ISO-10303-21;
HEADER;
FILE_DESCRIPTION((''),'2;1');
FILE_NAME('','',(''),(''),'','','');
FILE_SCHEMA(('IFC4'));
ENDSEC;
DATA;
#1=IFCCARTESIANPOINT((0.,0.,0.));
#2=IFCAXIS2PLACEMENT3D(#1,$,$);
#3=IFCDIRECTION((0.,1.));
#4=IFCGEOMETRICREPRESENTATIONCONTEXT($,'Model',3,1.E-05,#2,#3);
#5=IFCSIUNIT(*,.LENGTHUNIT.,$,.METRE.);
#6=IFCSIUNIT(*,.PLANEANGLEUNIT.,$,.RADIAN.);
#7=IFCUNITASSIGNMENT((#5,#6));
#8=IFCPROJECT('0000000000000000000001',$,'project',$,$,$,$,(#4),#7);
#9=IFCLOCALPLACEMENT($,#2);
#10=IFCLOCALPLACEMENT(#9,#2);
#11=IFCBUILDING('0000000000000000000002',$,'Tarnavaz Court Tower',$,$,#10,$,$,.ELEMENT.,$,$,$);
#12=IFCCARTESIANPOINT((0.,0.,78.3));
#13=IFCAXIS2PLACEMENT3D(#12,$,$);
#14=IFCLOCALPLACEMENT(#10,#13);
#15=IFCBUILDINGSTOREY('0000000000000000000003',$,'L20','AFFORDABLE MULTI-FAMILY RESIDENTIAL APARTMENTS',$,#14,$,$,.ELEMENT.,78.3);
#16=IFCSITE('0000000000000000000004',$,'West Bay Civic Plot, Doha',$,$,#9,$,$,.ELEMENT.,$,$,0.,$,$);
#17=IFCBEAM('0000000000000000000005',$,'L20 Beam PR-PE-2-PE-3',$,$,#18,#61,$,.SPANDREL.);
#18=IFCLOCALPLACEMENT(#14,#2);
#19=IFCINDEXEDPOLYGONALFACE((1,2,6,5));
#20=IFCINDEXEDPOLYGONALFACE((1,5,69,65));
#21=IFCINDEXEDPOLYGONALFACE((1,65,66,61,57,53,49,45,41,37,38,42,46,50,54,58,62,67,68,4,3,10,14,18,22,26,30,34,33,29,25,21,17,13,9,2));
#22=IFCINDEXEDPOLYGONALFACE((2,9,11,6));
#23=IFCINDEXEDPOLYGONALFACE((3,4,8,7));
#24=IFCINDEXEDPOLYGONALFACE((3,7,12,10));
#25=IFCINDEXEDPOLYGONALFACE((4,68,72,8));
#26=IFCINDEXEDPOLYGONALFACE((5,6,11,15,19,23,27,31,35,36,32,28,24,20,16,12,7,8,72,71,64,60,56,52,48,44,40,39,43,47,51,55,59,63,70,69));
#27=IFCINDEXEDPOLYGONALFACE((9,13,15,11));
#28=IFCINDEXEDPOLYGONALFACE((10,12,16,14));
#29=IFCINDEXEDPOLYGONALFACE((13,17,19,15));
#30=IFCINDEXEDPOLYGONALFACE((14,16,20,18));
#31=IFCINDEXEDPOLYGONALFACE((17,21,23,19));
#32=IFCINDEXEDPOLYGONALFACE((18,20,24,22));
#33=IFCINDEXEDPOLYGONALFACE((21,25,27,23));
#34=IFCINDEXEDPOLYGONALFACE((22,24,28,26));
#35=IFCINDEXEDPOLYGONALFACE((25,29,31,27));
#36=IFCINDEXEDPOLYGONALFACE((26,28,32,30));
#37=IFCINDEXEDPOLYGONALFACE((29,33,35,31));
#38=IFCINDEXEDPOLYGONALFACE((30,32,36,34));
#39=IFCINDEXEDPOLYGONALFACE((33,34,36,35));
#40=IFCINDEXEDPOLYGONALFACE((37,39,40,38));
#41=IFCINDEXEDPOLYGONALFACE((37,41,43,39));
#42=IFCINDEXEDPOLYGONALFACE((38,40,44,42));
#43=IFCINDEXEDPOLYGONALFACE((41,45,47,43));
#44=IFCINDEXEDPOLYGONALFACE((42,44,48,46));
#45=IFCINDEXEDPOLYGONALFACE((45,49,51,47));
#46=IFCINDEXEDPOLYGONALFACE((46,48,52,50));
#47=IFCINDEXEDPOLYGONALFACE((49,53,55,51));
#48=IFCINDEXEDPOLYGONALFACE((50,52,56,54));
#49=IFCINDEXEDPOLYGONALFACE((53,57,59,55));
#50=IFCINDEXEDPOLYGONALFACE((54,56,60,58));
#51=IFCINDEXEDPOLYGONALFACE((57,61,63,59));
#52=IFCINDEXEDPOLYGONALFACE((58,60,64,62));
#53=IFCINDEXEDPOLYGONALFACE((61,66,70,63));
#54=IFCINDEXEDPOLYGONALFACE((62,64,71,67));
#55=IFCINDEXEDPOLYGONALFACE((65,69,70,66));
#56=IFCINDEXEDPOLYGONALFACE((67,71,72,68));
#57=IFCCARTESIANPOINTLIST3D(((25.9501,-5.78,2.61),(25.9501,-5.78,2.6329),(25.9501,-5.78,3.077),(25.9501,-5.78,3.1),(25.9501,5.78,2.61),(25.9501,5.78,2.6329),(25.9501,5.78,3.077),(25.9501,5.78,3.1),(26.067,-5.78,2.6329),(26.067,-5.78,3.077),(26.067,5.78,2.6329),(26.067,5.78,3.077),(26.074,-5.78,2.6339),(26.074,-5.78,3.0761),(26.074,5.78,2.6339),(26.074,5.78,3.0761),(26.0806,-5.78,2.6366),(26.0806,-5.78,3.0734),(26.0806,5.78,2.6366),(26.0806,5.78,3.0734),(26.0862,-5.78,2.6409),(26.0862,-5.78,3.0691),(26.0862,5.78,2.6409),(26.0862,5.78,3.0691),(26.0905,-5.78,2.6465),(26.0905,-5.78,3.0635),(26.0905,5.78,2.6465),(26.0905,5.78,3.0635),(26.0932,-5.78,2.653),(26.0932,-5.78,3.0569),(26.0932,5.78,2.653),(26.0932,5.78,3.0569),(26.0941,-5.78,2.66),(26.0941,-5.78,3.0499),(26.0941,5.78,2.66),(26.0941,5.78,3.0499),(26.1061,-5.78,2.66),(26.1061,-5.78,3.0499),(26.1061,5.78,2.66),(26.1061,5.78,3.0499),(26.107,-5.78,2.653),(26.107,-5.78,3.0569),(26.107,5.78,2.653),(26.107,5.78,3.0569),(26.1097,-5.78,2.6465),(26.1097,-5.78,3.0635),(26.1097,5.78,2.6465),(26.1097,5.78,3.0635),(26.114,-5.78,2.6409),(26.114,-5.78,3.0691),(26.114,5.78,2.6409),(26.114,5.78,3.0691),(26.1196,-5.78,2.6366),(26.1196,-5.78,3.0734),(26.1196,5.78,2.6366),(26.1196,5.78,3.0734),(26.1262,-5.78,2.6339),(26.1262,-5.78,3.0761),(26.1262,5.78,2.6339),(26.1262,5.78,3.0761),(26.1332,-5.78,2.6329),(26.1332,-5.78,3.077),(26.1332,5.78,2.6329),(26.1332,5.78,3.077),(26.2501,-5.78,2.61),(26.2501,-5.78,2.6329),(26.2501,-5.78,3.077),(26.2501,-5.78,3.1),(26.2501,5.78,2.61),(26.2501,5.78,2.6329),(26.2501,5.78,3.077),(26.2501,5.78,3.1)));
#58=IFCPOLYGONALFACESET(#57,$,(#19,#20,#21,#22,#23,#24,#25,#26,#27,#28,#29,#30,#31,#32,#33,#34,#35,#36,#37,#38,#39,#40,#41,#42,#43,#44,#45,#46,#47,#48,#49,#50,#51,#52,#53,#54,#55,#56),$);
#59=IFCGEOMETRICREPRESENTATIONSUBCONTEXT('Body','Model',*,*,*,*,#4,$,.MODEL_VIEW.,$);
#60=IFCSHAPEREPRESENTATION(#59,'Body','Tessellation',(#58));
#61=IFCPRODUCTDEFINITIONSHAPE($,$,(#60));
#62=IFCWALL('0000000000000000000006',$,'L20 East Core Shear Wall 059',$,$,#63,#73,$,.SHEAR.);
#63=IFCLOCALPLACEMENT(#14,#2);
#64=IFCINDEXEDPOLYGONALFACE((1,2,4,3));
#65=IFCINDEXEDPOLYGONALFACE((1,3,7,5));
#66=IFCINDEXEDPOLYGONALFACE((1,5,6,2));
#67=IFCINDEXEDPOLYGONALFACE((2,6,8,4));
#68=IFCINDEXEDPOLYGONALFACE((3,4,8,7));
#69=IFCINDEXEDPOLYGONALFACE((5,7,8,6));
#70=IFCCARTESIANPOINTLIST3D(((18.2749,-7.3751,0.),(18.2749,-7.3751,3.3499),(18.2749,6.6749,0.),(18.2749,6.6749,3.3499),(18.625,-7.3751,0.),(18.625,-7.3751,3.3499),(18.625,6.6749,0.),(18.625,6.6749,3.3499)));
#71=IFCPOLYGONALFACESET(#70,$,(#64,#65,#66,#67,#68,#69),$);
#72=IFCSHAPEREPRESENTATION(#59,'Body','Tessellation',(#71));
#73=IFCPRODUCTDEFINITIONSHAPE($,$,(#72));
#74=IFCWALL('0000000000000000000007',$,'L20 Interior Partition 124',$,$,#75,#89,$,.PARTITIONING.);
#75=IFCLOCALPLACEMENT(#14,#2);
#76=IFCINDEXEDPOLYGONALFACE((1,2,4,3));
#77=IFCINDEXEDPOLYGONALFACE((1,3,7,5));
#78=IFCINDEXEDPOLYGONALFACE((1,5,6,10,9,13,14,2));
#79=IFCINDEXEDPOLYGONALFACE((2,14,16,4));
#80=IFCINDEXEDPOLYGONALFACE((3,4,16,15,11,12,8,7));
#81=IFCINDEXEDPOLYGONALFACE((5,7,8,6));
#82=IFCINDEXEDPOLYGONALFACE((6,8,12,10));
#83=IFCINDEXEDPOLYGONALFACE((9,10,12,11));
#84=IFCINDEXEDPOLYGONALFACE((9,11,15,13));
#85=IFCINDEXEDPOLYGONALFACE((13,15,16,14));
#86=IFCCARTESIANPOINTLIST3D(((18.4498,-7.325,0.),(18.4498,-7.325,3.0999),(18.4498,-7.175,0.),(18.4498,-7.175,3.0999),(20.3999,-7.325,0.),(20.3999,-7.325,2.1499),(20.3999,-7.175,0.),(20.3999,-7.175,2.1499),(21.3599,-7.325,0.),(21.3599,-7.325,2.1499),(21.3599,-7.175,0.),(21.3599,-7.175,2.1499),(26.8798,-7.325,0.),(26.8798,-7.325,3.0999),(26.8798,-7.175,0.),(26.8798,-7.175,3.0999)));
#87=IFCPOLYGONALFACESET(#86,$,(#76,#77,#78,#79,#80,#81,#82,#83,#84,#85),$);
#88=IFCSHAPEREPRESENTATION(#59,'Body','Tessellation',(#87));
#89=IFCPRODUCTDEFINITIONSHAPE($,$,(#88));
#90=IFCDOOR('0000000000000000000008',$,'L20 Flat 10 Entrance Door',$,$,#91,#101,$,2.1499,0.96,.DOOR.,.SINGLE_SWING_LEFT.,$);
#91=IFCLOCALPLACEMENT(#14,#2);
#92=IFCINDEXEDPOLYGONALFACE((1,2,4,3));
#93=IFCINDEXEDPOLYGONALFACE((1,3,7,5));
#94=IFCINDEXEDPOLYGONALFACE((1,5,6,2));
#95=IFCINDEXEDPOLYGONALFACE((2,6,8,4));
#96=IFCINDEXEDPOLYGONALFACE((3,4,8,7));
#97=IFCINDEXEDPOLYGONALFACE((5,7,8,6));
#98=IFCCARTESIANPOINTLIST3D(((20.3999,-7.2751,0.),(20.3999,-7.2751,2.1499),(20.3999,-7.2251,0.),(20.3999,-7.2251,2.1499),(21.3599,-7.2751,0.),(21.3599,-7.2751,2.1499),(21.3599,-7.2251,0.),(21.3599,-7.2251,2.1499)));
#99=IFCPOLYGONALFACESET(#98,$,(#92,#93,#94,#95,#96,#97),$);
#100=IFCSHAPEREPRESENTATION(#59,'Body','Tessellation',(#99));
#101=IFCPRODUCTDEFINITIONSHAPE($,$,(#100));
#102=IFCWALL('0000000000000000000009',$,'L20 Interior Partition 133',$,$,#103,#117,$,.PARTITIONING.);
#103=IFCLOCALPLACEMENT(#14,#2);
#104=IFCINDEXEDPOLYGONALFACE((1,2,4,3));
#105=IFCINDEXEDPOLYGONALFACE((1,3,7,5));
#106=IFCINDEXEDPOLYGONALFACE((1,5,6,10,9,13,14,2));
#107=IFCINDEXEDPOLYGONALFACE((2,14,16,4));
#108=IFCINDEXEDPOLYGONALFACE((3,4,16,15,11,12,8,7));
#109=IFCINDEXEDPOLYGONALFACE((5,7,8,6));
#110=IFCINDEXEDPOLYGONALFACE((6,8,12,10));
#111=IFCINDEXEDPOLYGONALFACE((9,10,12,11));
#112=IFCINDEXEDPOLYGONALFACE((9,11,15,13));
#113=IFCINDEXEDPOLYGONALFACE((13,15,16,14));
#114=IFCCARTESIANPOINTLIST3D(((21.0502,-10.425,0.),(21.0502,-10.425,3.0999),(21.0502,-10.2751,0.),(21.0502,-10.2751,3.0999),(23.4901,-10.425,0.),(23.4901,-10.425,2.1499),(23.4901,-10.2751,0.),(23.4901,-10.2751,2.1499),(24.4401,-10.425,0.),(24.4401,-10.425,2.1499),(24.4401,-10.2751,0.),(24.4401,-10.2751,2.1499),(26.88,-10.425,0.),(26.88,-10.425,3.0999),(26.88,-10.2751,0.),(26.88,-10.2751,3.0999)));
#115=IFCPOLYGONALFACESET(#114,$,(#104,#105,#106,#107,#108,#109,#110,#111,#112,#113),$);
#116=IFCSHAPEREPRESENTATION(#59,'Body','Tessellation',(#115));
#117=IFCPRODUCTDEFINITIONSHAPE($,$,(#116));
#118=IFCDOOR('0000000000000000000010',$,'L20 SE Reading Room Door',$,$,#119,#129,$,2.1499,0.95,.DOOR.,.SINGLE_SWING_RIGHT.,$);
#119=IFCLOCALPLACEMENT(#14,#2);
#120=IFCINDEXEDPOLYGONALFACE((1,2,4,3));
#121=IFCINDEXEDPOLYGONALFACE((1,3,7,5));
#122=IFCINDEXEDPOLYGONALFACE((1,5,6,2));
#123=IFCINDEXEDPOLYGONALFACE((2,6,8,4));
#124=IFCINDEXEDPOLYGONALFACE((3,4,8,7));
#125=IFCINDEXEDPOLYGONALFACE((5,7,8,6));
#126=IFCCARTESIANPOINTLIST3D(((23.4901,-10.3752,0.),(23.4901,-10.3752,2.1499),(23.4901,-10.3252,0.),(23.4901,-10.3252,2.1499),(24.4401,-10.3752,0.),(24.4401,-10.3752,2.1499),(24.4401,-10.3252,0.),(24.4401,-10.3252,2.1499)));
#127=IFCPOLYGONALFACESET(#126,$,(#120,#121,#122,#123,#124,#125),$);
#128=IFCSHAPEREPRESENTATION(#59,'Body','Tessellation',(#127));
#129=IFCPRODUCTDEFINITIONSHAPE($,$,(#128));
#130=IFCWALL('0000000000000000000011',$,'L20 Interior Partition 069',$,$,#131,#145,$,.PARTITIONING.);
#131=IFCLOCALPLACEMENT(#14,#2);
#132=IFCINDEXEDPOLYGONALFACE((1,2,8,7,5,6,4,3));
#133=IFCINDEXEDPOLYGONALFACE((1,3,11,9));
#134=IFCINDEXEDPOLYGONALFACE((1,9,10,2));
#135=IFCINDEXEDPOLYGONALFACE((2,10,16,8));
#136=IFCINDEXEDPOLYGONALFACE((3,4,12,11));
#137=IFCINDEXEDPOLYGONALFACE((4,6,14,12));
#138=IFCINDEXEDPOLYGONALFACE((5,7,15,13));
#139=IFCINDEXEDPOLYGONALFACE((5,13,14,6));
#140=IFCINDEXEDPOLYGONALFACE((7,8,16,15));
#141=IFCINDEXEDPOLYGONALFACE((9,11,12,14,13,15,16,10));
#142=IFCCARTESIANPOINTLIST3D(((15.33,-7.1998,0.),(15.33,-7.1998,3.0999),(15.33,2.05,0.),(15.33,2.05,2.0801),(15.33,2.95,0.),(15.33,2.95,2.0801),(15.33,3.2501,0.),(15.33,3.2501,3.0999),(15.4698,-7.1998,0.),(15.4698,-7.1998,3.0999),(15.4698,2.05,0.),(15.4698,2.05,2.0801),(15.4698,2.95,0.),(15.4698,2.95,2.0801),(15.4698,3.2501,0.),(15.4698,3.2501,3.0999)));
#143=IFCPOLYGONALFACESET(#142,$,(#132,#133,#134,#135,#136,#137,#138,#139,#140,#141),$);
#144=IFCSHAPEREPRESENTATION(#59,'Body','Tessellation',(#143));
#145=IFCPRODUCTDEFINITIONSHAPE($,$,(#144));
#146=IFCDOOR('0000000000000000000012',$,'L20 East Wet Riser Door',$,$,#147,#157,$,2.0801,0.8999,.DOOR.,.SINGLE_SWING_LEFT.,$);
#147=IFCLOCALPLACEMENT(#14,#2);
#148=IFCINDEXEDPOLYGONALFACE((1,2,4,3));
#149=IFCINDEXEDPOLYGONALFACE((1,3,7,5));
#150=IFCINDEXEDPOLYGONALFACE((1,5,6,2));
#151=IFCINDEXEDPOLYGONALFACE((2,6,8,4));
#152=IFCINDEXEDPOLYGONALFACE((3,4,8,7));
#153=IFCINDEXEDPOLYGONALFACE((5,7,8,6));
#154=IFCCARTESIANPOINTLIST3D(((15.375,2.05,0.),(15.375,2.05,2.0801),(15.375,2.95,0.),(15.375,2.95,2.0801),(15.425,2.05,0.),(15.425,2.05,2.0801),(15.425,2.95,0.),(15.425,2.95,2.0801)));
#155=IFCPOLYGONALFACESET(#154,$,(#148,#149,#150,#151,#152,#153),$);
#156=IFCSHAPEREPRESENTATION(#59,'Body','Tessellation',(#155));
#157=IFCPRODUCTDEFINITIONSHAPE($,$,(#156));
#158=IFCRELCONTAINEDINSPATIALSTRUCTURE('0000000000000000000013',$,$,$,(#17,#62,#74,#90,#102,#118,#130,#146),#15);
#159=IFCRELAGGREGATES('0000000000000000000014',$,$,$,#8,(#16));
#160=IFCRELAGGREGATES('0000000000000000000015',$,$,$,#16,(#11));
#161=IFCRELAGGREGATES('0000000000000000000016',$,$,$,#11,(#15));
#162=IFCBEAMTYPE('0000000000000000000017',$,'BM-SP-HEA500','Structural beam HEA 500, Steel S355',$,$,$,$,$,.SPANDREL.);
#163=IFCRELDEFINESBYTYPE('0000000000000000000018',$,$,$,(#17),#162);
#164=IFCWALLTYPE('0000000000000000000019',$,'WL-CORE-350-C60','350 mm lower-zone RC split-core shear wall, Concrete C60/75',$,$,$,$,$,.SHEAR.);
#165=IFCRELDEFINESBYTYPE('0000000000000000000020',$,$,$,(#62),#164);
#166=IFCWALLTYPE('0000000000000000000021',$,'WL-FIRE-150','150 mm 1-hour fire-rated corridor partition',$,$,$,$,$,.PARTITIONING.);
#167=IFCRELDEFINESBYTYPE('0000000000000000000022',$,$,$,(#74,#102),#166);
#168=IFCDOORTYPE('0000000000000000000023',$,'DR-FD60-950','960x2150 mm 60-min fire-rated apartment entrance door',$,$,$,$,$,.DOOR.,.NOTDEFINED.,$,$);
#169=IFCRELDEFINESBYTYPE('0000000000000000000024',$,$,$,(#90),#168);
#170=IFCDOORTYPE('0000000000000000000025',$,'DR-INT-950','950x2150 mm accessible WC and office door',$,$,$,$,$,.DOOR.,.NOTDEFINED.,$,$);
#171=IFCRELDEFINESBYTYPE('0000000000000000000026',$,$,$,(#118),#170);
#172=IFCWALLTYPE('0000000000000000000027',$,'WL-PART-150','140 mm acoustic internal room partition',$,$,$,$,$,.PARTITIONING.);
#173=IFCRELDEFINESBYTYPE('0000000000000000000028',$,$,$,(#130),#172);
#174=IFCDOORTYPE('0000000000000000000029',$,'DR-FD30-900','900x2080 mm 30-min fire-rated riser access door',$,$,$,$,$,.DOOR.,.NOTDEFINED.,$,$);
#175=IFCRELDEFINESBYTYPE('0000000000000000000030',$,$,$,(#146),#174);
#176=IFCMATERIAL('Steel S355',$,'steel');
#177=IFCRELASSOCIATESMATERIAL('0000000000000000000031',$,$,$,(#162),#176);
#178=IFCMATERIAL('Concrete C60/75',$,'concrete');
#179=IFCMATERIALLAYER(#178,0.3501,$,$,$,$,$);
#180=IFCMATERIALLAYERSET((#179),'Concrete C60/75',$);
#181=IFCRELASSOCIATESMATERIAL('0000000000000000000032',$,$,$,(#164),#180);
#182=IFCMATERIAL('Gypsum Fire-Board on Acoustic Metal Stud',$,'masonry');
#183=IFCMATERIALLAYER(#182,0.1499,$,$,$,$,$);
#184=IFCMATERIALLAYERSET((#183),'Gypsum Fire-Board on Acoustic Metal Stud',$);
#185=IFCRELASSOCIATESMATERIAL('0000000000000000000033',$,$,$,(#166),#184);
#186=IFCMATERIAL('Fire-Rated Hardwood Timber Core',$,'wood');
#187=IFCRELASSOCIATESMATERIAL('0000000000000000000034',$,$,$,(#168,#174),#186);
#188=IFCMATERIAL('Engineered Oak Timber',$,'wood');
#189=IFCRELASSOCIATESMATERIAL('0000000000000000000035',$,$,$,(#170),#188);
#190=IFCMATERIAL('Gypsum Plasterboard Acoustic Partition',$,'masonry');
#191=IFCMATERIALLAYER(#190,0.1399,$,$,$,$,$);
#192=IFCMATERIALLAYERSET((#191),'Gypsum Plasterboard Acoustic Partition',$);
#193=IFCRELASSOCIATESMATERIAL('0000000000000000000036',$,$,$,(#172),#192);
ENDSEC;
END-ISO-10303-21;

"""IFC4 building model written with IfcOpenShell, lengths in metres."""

from ifc_helpers import new_model, si_unit, direction, frame, frame_2d, origin, origin_2d, place, context, subcontext, project, spatial, rectangle, i_section, extrude, material, layer, layer_set, material_profile, profile_set, type_object, element, fill, save


model = new_model("IFC4")

# Units and contexts
model_context = context("Model", 3, precision=1e-05, world=origin(), true_north=direction((0.0, 1.0)))
body_context = subcontext(model_context, "Body", "Model", "MODEL_VIEW")
ifc_project = project(units=[si_unit("LENGTHUNIT", "METRE"), si_unit("PLANEANGLEUNIT", "RADIAN")], contexts=[model_context])

# Site, building, storey
site_placement = place(None, origin())
site = spatial("IfcSite", under=ifc_project, at=site_placement, Name="West Bay Civic Plot, Doha", CompositionType="ELEMENT", RefElevation=0.0)
building_placement = place(site_placement, origin())
building = spatial("IfcBuilding", under=site, at=building_placement, Name="Tarnavaz Court Tower", CompositionType="ELEMENT")
storey_placement = place(building_placement, frame((0.0, 0.0, 78.3)))
storey = spatial("IfcBuildingStorey", under=building, at=storey_placement, Name="L20", Description="AFFORDABLE MULTI-FAMILY RESIDENTIAL APARTMENTS", CompositionType="ELEMENT", Elevation=78.3)

# Shared definitions
ifc_material_1 = material(Name="Concrete C60/75", Category="concrete")

# Beam
ifc_material_2 = material(Name="Steel S355", Category="steel")
ifc_material_profile_1 = material_profile(ifc_material_2, i_section(OverallWidth=0.3, OverallDepth=0.49, WebThickness=0.012, FlangeThickness=0.0229, FilletRadius=0.0271, at=origin_2d()), Name="HEA 500")
ifc_profile_set_1 = profile_set([ifc_material_profile_1], Name="Steel S355")
beam_type_1 = type_object("IfcBeamType", Name="BM-SP-HEA500", Description="Structural beam HEA 500, Steel S355", PredefinedType="SPANDREL", material=ifc_profile_set_1)
beam_1_placement = place(storey_placement, frame((26.1001, -5.78, 2.855), z_axis=(0.0, 1.0, 0.0), x_axis=(-1.0, 0.0, 0.0)))
element("IfcBeam", 1, at=beam_1_placement, inside=storey, type_object=beam_type_1, Name="L20 Beam PR-PE-2-PE-3", PredefinedType="SPANDREL", context=body_context, shape_type="SweptSolid", body=[
    extrude(i_section(OverallWidth=0.3, OverallDepth=0.49, WebThickness=0.012, FlangeThickness=0.0229, FilletRadius=0.0271, at=origin_2d()), origin(), (0.0, 0.0, 1.0), 11.5601),
])

# Wall
ifc_layer_1 = layer(ifc_material_1, 0.3501)
ifc_layer_set_1 = layer_set([ifc_layer_1], Name="Concrete C60/75")
wall_type_1 = type_object("IfcWallType", Name="WL-CORE-350-C60", Description="350 mm lower-zone RC split-core shear wall, Concrete C60/75", PredefinedType="SHEAR", material=ifc_layer_set_1)
wall_1_placement = place(storey_placement, frame((18.45, -7.375, 0.0), z_axis=(0.0, 0.0, 1.0), x_axis=(0.0, 1.0, 0.0)))
element("IfcWall", 2, at=wall_1_placement, inside=storey, type_object=wall_type_1, Name="L20 East Core Shear Wall 059", PredefinedType="SHEAR", context=body_context, shape_type="SweptSolid", body=[
    extrude(rectangle(XDim=14.05, YDim=0.3501, at=frame_2d((7.0249, 0.0))), origin(), (0.0, 0.0, 1.0), 3.3499),
])

# Walls, openings, doors
ifc_material_3 = material(Name="Gypsum Fire-Board on Acoustic Metal Stud", Category="masonry")
ifc_layer_2 = layer(ifc_material_3, 0.1499)
ifc_layer_set_2 = layer_set([ifc_layer_2], Name="Gypsum Fire-Board on Acoustic Metal Stud")
wall_type_2 = type_object("IfcWallType", Name="WL-FIRE-150", Description="150 mm 1-hour fire-rated corridor partition", PredefinedType="PARTITIONING", material=ifc_layer_set_2)
wall_2_placement = place(storey_placement, frame((18.45, -7.25, 0.0), z_axis=(0.0, 0.0, 1.0), x_axis=(1.0, 0.0, 0.0)))
wall_2 = element("IfcWall", 3, at=wall_2_placement, inside=storey, type_object=wall_type_2, Name="L20 Interior Partition 124", PredefinedType="PARTITIONING", context=body_context, shape_type="SweptSolid", body=[
    extrude(rectangle(XDim=8.4299, YDim=0.1499, at=frame_2d((4.2148, 0.0))), origin(), (0.0, 0.0, 1.0), 3.0999),
])
opening_1_placement = place(wall_2_placement, frame((1.95, 0.0, 0.0)))
opening_1 = element("IfcOpeningElement", 4, at=opening_1_placement, cuts=wall_2, PredefinedType="OPENING", context=body_context, shape_type="SweptSolid", body=[
    extrude(rectangle(XDim=0.96, YDim=2.1499, at=frame_2d((0.48, 1.075))), frame((0.0, 0.085, 0.0), z_axis=(0.0, -1.0, 0.0), x_axis=(1.0, 0.0, 0.0)), (0.0, 0.0, 1.0), 0.1699),
])
ifc_material_4 = material(Name="Fire-Rated Hardwood Timber Core", Category="wood")
door_type_1 = type_object("IfcDoorType", Name="DR-FD60-950", Description="960x2150 mm 60-min fire-rated apartment entrance door", OperationType="NOTDEFINED", PredefinedType="DOOR", material=ifc_material_4)
door_1_placement = place(opening_1_placement, origin())
door_1 = element("IfcDoor", 5, at=door_1_placement, inside=storey, type_object=door_type_1, Name="L20 Flat 10 Entrance Door", OperationType="SINGLE_SWING_LEFT", OverallHeight=2.1499, OverallWidth=0.96, PredefinedType="DOOR", context=body_context, shape_type="SweptSolid", body=[
    extrude(rectangle(XDim=0.96, YDim=2.1499, at=frame_2d((0.48, 1.075))), frame((0.0, 0.0249, 0.0), z_axis=(0.0, -1.0, 0.0), x_axis=(1.0, 0.0, 0.0)), (0.0, 0.0, 1.0), 0.05),
])
fill(opening_1, door_1)
wall_3_placement = place(storey_placement, frame((21.05, -10.3501, 0.0), z_axis=(0.0, 0.0, 1.0), x_axis=(1.0, 0.0, 0.0)))
wall_3 = element("IfcWall", 6, at=wall_3_placement, inside=storey, type_object=wall_type_2, Name="L20 Interior Partition 133", PredefinedType="PARTITIONING", context=body_context, shape_type="SweptSolid", body=[
    extrude(rectangle(XDim=5.8298, YDim=0.1499, at=frame_2d((2.915, 0.0))), origin(), (0.0, 0.0, 1.0), 3.0999),
])
opening_2_placement = place(wall_3_placement, frame((2.4399, 0.0, 0.0)))
opening_2 = element("IfcOpeningElement", 7, at=opening_2_placement, cuts=wall_3, PredefinedType="OPENING", context=body_context, shape_type="SweptSolid", body=[
    extrude(rectangle(XDim=0.95, YDim=2.1499, at=frame_2d((0.4751, 1.075))), frame((0.0, 0.085, 0.0), z_axis=(0.0, -1.0, 0.0), x_axis=(1.0, 0.0, 0.0)), (0.0, 0.0, 1.0), 0.1699),
])
ifc_material_5 = material(Name="Engineered Oak Timber", Category="wood")
door_type_2 = type_object("IfcDoorType", Name="DR-INT-950", Description="950x2150 mm accessible WC and office door", OperationType="NOTDEFINED", PredefinedType="DOOR", material=ifc_material_5)
door_2_placement = place(opening_2_placement, origin())
door_2 = element("IfcDoor", 8, at=door_2_placement, inside=storey, type_object=door_type_2, Name="L20 SE Reading Room Door", OperationType="SINGLE_SWING_RIGHT", OverallHeight=2.1499, OverallWidth=0.95, PredefinedType="DOOR", context=body_context, shape_type="SweptSolid", body=[
    extrude(rectangle(XDim=0.95, YDim=2.1499, at=frame_2d((0.4751, 1.075))), frame((0.0, 0.0249, 0.0), z_axis=(0.0, -1.0, 0.0), x_axis=(1.0, 0.0, 0.0)), (0.0, 0.0, 1.0), 0.05),
])
fill(opening_2, door_2)
ifc_material_6 = material(Name="Gypsum Plasterboard Acoustic Partition", Category="masonry")
ifc_layer_3 = layer(ifc_material_6, 0.1399)
ifc_layer_set_3 = layer_set([ifc_layer_3], Name="Gypsum Plasterboard Acoustic Partition")
wall_type_3 = type_object("IfcWallType", Name="WL-PART-150", Description="140 mm acoustic internal room partition", PredefinedType="PARTITIONING", material=ifc_layer_set_3)
wall_4_placement = place(storey_placement, frame((15.3999, -7.2, 0.0), z_axis=(0.0, 0.0, 1.0), x_axis=(0.0, 1.0, 0.0)))
wall_4 = element("IfcWall", 9, at=wall_4_placement, inside=storey, type_object=wall_type_3, Name="L20 Interior Partition 069", PredefinedType="PARTITIONING", context=body_context, shape_type="SweptSolid", body=[
    extrude(rectangle(XDim=10.45, YDim=0.1399, at=frame_2d((5.2251, 0.0))), origin(), (0.0, 0.0, 1.0), 3.0999),
])
opening_3_placement = place(wall_4_placement, frame((9.25, 0.0, 0.0)))
opening_3 = element("IfcOpeningElement", 10, at=opening_3_placement, cuts=wall_4, PredefinedType="OPENING", context=body_context, shape_type="SweptSolid", body=[
    extrude(rectangle(XDim=0.8999, YDim=2.0801, at=frame_2d((0.45, 1.04))), frame((0.0, 0.0798, 0.0), z_axis=(0.0, -1.0, 0.0), x_axis=(1.0, 0.0, 0.0)), (0.0, 0.0, 1.0), 0.1599),
])
door_type_3 = type_object("IfcDoorType", Name="DR-FD30-900", Description="900x2080 mm 30-min fire-rated riser access door", OperationType="NOTDEFINED", PredefinedType="DOOR", material=ifc_material_4)
door_3_placement = place(opening_3_placement, origin())
door_3 = element("IfcDoor", 11, at=door_3_placement, inside=storey, type_object=door_type_3, Name="L20 East Wet Riser Door", OperationType="SINGLE_SWING_LEFT", OverallHeight=2.0801, OverallWidth=0.8999, PredefinedType="DOOR", context=body_context, shape_type="SweptSolid", body=[
    extrude(rectangle(XDim=0.8999, YDim=2.0801, at=frame_2d((0.45, 1.04))), frame((0.0, 0.0249, 0.0), z_axis=(0.0, -1.0, 0.0), x_axis=(1.0, 0.0, 0.0)), (0.0, 0.0, 1.0), 0.05),
])
fill(opening_3, door_3)

save(model, "model.ifc")
